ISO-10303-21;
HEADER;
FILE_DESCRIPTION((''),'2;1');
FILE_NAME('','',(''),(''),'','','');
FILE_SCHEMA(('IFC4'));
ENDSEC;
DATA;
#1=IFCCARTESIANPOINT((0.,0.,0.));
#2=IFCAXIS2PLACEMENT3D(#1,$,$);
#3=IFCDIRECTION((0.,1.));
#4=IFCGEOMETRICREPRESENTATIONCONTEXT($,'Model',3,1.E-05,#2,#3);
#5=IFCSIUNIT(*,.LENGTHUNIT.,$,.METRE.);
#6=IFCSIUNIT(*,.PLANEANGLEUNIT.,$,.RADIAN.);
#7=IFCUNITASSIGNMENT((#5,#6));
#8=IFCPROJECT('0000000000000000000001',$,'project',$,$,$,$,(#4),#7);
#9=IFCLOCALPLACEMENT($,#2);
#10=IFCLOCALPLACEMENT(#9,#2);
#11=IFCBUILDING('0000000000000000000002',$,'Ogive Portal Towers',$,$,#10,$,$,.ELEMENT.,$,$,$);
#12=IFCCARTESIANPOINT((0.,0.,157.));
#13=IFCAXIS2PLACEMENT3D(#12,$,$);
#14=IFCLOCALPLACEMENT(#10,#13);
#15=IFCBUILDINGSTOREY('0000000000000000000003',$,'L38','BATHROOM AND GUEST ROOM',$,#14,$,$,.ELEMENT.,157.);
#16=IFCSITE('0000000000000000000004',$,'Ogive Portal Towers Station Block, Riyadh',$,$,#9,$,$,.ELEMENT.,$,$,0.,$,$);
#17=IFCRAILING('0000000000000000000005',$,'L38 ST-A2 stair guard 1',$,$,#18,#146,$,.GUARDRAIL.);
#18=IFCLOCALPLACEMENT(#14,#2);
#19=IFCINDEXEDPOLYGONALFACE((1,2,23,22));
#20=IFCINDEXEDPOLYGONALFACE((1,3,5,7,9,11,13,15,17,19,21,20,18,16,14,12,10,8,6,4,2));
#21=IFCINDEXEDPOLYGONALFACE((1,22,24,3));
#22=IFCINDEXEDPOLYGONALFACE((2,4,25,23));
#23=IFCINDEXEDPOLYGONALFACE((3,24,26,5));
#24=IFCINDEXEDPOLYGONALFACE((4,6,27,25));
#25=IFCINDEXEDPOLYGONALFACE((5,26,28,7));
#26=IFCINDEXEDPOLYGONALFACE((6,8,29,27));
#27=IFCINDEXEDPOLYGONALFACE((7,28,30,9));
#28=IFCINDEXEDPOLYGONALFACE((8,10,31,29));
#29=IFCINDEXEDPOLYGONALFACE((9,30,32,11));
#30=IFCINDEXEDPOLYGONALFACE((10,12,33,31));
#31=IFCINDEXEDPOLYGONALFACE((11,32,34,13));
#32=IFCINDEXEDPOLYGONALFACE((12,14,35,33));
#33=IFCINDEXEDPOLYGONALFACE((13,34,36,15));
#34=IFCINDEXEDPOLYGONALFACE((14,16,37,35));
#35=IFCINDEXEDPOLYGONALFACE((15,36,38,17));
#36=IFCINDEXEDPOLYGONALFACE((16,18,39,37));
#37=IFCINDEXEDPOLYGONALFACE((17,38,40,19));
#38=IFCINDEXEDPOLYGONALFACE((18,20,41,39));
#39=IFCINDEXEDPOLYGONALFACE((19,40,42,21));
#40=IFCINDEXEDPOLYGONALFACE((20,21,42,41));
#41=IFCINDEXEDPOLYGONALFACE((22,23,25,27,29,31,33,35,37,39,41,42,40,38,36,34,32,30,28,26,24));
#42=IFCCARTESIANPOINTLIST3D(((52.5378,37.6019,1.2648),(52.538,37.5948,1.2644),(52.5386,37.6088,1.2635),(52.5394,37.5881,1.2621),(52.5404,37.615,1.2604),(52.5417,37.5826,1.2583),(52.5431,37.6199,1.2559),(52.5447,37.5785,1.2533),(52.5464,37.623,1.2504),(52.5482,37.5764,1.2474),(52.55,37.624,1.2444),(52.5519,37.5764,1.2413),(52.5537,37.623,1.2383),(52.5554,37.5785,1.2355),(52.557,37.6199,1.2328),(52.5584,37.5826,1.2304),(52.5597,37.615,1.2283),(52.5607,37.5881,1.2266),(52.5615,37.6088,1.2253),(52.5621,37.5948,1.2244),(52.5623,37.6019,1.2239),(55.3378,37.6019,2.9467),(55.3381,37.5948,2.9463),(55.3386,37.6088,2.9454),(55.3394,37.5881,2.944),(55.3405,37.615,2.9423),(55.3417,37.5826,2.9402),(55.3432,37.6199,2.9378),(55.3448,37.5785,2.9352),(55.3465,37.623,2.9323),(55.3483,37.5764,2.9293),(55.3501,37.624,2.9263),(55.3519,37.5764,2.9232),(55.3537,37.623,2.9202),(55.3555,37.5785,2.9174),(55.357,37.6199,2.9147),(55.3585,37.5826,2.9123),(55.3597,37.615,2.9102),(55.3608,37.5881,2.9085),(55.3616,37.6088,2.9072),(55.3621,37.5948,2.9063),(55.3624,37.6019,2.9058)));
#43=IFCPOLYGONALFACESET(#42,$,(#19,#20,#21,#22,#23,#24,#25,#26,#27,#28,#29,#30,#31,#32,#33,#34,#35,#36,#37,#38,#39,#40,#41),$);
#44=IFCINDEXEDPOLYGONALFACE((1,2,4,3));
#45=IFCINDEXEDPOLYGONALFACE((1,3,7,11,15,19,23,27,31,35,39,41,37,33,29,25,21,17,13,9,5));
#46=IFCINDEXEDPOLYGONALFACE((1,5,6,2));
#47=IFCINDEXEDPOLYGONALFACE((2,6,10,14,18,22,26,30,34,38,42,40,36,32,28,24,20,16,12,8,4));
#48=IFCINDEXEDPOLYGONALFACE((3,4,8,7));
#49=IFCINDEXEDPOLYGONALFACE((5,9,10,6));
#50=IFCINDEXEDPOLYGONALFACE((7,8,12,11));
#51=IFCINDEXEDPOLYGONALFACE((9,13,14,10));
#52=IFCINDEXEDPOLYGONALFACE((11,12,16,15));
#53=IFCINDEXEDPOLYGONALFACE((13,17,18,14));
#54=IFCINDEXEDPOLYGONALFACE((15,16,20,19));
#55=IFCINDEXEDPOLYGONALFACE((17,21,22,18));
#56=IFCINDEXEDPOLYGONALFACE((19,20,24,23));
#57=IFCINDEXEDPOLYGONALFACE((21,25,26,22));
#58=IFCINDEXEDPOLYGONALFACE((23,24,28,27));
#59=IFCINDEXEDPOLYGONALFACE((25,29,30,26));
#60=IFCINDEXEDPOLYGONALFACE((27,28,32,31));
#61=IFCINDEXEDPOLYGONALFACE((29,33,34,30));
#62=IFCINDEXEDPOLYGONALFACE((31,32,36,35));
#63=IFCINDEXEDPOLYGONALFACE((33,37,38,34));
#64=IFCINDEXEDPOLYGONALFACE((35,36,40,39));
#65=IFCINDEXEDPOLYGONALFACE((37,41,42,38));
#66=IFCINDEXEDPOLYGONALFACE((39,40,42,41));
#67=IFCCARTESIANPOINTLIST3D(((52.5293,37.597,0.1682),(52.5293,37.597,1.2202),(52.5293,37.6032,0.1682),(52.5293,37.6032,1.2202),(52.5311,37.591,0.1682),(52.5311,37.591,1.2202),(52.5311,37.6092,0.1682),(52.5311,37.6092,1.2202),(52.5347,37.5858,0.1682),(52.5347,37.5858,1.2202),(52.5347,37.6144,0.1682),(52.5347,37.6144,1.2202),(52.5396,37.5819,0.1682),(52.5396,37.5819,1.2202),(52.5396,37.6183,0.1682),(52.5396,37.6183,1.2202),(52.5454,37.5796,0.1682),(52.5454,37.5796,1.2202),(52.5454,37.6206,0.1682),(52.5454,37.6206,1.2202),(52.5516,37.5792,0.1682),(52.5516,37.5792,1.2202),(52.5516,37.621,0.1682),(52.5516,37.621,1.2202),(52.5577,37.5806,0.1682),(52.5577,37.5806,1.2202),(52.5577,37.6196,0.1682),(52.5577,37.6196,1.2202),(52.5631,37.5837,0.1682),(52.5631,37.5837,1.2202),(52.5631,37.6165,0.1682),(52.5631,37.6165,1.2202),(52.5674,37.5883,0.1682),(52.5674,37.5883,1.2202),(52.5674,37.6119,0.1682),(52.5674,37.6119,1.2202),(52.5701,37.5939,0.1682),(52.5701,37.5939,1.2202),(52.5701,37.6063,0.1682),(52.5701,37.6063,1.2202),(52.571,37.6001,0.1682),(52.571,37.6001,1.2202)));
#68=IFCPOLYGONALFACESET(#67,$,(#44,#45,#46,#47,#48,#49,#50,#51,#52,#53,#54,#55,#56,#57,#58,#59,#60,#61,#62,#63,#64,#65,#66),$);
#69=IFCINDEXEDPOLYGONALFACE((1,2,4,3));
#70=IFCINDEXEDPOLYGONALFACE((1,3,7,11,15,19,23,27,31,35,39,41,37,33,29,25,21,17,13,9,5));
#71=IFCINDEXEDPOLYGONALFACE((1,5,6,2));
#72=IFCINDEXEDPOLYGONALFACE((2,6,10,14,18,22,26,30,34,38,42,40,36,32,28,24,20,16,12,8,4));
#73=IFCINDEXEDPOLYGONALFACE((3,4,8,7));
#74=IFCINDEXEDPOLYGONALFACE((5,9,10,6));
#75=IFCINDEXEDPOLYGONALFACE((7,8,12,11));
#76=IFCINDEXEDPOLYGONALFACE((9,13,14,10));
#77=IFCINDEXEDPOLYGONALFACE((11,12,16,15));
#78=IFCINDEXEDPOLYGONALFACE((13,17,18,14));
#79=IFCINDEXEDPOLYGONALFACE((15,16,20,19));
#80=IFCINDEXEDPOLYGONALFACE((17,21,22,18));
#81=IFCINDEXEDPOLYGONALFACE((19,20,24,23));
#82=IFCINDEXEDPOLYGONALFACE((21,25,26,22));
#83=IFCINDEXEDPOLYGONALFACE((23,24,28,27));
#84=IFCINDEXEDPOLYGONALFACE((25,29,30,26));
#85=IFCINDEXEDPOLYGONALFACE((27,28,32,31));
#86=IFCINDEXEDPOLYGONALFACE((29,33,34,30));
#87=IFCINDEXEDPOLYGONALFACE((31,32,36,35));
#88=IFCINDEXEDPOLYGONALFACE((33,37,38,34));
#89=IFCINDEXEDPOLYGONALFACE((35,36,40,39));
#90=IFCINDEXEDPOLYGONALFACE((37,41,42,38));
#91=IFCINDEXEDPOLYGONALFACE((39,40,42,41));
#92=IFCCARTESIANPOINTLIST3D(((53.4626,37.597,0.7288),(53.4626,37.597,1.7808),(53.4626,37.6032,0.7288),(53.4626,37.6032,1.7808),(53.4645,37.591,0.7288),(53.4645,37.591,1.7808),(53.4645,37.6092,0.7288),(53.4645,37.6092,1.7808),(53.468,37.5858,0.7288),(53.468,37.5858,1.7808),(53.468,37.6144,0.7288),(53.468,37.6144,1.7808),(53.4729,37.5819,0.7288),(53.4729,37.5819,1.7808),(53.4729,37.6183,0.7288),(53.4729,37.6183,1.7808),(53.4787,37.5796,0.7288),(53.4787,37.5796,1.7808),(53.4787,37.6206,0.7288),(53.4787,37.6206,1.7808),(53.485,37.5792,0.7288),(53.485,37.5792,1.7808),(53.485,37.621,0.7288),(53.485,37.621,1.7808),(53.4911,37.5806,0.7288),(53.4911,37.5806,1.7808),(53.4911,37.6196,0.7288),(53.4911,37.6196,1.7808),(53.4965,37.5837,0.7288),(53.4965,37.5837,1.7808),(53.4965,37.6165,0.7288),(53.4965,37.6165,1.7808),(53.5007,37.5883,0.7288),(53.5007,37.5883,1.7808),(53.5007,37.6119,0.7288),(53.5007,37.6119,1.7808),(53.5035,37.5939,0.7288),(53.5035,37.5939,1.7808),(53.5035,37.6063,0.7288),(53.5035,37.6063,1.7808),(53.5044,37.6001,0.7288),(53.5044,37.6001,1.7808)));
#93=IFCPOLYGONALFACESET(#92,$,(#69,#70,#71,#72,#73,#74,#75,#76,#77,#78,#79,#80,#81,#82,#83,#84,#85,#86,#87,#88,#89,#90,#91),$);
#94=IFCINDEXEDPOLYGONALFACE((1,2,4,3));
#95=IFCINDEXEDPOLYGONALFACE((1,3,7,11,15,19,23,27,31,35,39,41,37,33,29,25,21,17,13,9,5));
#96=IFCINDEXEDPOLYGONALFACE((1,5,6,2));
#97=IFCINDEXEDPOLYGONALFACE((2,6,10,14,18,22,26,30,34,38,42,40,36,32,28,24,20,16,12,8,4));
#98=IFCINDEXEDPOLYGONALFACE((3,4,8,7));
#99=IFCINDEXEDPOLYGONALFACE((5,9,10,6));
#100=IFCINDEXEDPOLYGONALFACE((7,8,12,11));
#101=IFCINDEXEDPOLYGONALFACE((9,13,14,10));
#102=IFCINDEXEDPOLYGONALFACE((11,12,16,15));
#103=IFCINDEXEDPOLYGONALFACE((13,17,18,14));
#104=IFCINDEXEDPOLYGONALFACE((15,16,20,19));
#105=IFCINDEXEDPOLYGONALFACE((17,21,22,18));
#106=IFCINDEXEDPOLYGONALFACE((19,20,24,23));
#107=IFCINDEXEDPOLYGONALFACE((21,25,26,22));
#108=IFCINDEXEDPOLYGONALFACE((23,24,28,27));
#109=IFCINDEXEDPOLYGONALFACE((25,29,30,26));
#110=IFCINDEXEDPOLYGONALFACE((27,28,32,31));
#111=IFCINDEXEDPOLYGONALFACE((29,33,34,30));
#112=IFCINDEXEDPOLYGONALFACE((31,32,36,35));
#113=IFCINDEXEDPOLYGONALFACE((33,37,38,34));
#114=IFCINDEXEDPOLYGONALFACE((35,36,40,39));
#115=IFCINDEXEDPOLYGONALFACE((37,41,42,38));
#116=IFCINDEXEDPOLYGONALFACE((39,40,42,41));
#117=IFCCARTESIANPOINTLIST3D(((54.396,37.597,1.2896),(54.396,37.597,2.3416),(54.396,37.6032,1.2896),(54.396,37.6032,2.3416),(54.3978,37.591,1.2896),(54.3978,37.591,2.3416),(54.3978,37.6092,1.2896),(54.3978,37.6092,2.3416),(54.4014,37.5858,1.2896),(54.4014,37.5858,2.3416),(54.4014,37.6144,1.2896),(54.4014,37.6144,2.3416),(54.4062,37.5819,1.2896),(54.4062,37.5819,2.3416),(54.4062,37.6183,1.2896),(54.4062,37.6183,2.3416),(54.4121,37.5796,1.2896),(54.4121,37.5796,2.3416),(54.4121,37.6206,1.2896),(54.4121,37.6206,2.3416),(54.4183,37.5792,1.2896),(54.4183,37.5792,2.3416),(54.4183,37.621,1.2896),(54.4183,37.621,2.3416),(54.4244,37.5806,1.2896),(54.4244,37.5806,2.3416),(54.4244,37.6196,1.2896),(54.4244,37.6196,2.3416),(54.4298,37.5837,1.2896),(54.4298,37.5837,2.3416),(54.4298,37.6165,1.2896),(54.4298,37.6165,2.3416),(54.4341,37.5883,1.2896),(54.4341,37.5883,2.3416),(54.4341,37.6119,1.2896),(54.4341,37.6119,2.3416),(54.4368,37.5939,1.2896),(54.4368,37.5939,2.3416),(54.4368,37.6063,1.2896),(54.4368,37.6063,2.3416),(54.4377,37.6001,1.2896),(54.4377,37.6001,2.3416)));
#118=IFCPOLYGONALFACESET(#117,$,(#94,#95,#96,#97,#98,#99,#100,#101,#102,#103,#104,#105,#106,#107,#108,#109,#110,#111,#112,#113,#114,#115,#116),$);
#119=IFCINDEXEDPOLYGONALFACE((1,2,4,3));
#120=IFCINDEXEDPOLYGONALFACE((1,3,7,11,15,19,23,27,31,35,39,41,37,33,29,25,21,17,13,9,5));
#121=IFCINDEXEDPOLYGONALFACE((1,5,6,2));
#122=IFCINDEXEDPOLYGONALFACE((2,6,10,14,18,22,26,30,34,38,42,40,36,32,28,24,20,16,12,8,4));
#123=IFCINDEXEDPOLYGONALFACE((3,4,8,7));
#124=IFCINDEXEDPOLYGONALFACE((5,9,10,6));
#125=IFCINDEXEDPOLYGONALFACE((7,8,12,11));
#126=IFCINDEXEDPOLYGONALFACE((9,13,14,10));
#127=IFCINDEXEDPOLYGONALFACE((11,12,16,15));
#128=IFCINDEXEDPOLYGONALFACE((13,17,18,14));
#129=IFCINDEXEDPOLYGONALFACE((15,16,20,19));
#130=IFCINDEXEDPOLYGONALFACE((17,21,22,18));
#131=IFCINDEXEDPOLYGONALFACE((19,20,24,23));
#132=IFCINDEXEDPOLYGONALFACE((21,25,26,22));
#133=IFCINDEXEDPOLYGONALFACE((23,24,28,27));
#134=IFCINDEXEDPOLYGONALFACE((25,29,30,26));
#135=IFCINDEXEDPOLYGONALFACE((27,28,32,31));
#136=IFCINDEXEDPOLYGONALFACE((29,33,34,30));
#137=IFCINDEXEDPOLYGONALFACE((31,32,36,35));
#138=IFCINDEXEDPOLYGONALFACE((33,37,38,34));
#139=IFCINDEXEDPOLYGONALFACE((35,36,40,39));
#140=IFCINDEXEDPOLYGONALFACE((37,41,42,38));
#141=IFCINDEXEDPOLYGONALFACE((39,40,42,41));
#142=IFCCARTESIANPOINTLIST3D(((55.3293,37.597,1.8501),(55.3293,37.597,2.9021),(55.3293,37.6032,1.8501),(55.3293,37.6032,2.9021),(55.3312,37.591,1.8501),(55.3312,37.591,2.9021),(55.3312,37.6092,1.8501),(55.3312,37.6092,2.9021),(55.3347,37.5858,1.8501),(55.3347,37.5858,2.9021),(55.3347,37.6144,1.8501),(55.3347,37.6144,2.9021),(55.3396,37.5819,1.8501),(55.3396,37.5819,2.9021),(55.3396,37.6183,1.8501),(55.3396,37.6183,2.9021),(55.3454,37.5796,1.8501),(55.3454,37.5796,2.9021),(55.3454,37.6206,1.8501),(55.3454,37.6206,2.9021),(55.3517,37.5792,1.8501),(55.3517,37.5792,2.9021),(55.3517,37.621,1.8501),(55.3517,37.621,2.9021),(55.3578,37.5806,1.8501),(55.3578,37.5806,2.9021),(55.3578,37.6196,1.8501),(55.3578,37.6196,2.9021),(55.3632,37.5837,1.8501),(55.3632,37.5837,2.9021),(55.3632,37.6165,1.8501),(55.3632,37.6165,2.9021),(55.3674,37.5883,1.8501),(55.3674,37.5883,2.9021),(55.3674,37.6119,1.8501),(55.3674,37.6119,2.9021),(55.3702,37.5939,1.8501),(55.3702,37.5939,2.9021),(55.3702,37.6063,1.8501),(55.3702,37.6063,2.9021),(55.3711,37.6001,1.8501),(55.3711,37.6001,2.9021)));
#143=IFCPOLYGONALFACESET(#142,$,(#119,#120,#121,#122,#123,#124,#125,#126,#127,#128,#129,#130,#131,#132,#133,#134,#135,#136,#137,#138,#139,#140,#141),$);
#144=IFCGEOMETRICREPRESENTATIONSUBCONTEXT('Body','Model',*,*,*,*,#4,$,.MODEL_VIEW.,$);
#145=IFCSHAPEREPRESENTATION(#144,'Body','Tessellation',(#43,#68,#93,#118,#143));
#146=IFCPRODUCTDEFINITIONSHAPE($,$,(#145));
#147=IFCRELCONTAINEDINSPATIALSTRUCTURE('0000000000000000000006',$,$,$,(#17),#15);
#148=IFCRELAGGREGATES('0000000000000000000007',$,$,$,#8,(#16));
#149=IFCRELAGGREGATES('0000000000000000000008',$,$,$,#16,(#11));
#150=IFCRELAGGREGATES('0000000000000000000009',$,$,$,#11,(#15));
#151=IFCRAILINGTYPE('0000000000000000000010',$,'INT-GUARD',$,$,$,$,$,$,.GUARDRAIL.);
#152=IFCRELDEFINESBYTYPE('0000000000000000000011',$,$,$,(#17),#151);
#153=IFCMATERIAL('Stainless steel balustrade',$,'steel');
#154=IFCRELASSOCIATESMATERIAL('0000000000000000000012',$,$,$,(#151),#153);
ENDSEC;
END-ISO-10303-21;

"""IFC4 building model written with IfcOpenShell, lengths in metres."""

from ifc_helpers import new_model, si_unit, direction, frame, origin, origin_2d, place, context, subcontext, project, spatial, circle, extrude, material, type_object, element, save


model = new_model("IFC4")

# Units and contexts
model_context = context("Model", 3, precision=1e-05, world=origin(), true_north=direction((0.0, 1.0)))
body_context = subcontext(model_context, "Body", "Model", "MODEL_VIEW")
ifc_project = project(units=[si_unit("LENGTHUNIT", "METRE"), si_unit("PLANEANGLEUNIT", "RADIAN")], contexts=[model_context])

# Site, building, storey
site_placement = place(None, origin())
site = spatial("IfcSite", under=ifc_project, at=site_placement, Name="Ogive Portal Towers Station Block, Riyadh", CompositionType="ELEMENT", RefElevation=0.0)
building_placement = place(site_placement, origin())
building = spatial("IfcBuilding", under=site, at=building_placement, Name="Ogive Portal Towers", CompositionType="ELEMENT")
storey_placement = place(building_placement, frame((0.0, 0.0, 157.0)))
storey = spatial("IfcBuildingStorey", under=building, at=storey_placement, Name="L38", Description="BATHROOM AND GUEST ROOM", CompositionType="ELEMENT", Elevation=157.0)

# Railing
ifc_material_1 = material(Name="Stainless steel balustrade", Category="steel")
railing_type_1 = type_object("IfcRailingType", Name="INT-GUARD", PredefinedType="GUARDRAIL", material=ifc_material_1)
railing_1_placement = place(storey_placement, frame((52.55, 37.6001, 0.1682)))
element("IfcRailing", 1, at=railing_1_placement, inside=storey, type_object=railing_type_1, Name="L38 ST-A2 stair guard 1", PredefinedType="GUARDRAIL", context=body_context, shape_type="SweptSolid", body=[
    extrude(circle(Radius=0.0239, at=origin_2d()), frame((0.0, 0.0, 1.0762), z_axis=(0.857242, 0.0, 0.514913), x_axis=(0.0, 1.0, 0.0)), (0.0, 0.0, 1.0), 3.2664),
    extrude(circle(Radius=0.021, at=origin_2d()), origin(), (0.0, 0.0, 1.0), 1.052),
    extrude(circle(Radius=0.021, at=origin_2d()), frame((0.9333, 0.0, 0.5605)), (0.0, 0.0, 1.0), 1.052),
    extrude(circle(Radius=0.021, at=origin_2d()), frame((1.8667, 0.0, 1.1213)), (0.0, 0.0, 1.0), 1.052),
    extrude(circle(Radius=0.021, at=origin_2d()), frame((2.8, 0.0, 1.6819)), (0.0, 0.0, 1.0), 1.052),
])

save(model, "model.ifc")
